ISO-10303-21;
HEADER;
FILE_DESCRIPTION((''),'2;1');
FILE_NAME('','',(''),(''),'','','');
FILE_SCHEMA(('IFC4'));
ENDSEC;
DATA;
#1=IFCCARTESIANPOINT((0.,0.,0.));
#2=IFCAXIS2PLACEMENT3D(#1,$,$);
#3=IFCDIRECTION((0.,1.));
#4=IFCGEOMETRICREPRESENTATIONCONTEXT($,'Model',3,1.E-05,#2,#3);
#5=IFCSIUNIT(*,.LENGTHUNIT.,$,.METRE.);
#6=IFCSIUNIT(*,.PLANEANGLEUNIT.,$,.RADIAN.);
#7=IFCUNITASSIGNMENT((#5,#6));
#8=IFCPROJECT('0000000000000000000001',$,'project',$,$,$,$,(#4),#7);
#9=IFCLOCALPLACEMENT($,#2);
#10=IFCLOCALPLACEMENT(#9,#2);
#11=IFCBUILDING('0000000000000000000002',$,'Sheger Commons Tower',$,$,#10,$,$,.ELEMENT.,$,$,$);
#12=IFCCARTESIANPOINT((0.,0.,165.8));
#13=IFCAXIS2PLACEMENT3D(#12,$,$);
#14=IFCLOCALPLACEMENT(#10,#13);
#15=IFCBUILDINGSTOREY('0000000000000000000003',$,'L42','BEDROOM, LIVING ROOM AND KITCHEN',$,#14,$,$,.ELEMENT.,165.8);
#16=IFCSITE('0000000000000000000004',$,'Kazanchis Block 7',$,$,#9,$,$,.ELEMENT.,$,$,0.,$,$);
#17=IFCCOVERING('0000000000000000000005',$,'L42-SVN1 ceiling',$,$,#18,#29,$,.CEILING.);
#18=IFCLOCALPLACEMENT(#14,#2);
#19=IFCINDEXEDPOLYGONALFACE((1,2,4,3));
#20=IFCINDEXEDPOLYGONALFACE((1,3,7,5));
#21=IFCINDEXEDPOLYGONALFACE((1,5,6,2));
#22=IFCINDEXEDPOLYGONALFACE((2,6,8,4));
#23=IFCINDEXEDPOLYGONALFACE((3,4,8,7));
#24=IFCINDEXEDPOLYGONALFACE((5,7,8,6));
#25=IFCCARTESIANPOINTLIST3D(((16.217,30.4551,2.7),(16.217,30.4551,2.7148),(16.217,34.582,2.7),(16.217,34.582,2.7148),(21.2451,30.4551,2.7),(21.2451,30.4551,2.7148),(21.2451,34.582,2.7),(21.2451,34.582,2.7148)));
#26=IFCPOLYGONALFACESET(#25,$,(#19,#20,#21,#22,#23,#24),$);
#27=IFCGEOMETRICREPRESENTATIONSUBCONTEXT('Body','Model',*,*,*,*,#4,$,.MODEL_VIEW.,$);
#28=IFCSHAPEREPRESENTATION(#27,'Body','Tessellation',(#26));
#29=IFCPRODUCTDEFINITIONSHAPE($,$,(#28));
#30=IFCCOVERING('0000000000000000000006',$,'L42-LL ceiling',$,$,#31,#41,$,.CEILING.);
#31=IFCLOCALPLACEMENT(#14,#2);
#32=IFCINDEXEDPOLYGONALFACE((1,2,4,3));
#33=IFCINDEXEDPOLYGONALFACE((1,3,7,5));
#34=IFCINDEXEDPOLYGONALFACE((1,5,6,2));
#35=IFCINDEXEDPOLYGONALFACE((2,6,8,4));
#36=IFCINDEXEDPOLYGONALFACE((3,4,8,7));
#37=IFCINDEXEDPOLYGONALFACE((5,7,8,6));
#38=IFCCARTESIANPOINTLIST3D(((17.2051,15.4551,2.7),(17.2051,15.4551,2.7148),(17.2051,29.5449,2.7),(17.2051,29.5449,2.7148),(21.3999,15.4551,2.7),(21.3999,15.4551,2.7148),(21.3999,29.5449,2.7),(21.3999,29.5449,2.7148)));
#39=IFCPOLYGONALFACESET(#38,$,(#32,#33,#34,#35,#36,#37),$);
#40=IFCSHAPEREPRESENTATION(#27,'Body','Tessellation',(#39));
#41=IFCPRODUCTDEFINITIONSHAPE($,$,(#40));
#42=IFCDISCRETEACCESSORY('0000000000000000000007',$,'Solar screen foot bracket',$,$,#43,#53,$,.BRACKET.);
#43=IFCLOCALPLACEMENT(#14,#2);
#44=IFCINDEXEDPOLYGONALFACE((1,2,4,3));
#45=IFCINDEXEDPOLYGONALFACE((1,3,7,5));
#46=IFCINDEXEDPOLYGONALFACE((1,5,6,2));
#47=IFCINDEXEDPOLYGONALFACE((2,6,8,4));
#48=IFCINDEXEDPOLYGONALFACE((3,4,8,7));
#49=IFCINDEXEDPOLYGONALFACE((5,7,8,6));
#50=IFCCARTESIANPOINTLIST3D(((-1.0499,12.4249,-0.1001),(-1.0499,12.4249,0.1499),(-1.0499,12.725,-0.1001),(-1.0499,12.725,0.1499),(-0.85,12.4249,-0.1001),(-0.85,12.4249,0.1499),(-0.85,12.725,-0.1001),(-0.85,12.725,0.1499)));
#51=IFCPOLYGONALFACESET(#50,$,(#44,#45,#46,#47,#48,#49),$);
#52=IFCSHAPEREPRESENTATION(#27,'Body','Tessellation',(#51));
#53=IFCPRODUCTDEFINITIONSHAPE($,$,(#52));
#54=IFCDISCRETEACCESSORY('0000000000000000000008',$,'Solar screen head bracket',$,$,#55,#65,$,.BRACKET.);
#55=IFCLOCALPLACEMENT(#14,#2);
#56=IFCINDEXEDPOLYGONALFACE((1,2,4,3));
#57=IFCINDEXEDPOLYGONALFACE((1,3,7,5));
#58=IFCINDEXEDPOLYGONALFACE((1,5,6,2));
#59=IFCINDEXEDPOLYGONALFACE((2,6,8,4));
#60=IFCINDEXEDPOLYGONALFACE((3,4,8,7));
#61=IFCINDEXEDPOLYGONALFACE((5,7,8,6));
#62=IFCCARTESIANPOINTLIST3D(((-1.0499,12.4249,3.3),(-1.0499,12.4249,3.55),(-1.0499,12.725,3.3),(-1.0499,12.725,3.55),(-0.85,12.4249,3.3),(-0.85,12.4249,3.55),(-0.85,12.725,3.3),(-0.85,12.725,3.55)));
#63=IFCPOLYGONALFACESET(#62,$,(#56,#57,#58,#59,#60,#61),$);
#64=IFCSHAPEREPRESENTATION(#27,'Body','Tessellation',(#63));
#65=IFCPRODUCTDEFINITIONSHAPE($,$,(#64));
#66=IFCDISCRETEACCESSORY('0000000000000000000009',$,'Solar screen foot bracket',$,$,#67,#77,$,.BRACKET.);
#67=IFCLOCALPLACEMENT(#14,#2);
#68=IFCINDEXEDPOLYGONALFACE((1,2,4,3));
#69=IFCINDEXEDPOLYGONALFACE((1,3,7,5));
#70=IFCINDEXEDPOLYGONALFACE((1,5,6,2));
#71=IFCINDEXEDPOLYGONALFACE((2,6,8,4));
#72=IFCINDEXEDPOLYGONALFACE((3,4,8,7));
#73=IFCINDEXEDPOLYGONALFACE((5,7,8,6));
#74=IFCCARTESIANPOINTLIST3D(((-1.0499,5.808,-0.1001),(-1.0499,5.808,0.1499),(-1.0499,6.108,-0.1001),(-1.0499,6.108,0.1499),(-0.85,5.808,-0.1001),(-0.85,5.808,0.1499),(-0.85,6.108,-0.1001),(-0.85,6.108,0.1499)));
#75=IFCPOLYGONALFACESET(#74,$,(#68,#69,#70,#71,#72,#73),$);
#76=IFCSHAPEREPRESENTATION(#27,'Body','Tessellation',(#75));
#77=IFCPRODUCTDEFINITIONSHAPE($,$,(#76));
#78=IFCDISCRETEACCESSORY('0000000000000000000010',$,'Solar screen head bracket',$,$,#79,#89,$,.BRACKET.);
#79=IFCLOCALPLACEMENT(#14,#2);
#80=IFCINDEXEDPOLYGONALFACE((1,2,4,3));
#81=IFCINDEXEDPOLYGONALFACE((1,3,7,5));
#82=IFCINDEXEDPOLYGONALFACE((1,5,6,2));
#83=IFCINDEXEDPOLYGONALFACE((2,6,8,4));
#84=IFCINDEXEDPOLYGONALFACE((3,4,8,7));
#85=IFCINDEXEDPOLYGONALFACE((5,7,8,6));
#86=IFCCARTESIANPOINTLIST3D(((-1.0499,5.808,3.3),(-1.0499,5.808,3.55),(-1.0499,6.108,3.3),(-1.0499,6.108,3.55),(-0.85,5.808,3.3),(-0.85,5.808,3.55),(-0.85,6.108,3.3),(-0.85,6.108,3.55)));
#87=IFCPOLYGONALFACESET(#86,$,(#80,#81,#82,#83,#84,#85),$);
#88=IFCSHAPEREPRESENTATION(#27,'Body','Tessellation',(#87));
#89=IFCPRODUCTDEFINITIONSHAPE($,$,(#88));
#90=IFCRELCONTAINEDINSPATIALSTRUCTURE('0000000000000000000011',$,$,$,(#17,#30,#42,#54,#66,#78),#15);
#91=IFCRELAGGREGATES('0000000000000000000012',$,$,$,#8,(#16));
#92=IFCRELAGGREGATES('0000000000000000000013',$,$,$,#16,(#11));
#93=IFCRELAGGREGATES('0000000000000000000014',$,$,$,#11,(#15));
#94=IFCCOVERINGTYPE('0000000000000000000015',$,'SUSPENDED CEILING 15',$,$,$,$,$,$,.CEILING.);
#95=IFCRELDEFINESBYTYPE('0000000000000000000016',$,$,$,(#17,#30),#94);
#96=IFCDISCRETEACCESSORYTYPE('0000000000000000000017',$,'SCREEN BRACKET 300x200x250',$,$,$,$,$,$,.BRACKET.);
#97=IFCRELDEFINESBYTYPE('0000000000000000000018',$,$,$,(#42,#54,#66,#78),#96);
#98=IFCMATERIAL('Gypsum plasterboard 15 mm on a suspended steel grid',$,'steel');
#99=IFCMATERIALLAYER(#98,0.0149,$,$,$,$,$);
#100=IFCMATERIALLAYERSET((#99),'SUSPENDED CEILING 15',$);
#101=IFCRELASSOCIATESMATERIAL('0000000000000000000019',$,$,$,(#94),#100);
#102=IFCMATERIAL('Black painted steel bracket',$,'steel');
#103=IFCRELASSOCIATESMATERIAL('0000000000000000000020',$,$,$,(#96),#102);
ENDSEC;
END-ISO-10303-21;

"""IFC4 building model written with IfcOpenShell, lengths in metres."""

from ifc_helpers import new_model, si_unit, direction, frame, origin, origin_2d, place, context, subcontext, project, spatial, polyline, rectangle, outline, extrude, material, layer, layer_set, type_object, element, save


model = new_model("IFC4")

# Units and contexts
model_context = context("Model", 3, precision=1e-05, world=origin(), true_north=direction((0.0, 1.0)))
body_context = subcontext(model_context, "Body", "Model", "MODEL_VIEW")
ifc_project = project(units=[si_unit("LENGTHUNIT", "METRE"), si_unit("PLANEANGLEUNIT", "RADIAN")], contexts=[model_context])

# Site, building, storey
site_placement = place(None, origin())
site = spatial("IfcSite", under=ifc_project, at=site_placement, Name="Kazanchis Block 7", CompositionType="ELEMENT", RefElevation=0.0)
building_placement = place(site_placement, origin())
building = spatial("IfcBuilding", under=site, at=building_placement, Name="Sheger Commons Tower", CompositionType="ELEMENT")
storey_placement = place(building_placement, frame((0.0, 0.0, 165.8)))
storey = spatial("IfcBuildingStorey", under=building, at=storey_placement, Name="L42", Description="BEDROOM, LIVING ROOM AND KITCHEN", CompositionType="ELEMENT", Elevation=165.8)

# Coverings
ifc_material_1 = material(Name="Gypsum plasterboard 15 mm on a suspended steel grid", Category="steel")
ifc_layer_1 = layer(ifc_material_1, 0.0149)
ifc_layer_set_1 = layer_set([ifc_layer_1], Name="SUSPENDED CEILING 15")
covering_type_1 = type_object("IfcCoveringType", Name="SUSPENDED CEILING 15", PredefinedType="CEILING", material=ifc_layer_set_1)
covering_1_placement = place(storey_placement, frame((0.0, 0.0, 2.7)))
element("IfcCovering", 1, at=covering_1_placement, inside=storey, type_object=covering_type_1, Name="L42-SVN1 ceiling", PredefinedType="CEILING", context=body_context, shape_type="SweptSolid", body=[
    extrude(outline(polyline([(16.217, 30.4551), (21.2451, 30.4551), (21.2451, 34.582), (16.217, 34.582), (16.217, 30.4551)])), origin(), (0.0, 0.0, 1.0), 0.0149),
])
covering_2_placement = place(storey_placement, frame((0.0, 0.0, 2.7)))
element("IfcCovering", 2, at=covering_2_placement, inside=storey, type_object=covering_type_1, Name="L42-LL ceiling", PredefinedType="CEILING", context=body_context, shape_type="SweptSolid", body=[
    extrude(outline(polyline([(17.2051, 15.4551), (21.3999, 15.4551), (21.3999, 29.5449), (17.2051, 29.5449), (17.2051, 15.4551)])), origin(), (0.0, 0.0, 1.0), 0.0149),
])

# Discrete accessories
ifc_material_2 = material(Name="Black painted steel bracket", Category="steel")
discrete_accessory_type = type_object("IfcDiscreteAccessoryType", Name="SCREEN BRACKET 300x200x250", PredefinedType="BRACKET", material=ifc_material_2)
for number, where, z_axis, x_axis, name in (
    (3, (-0.95, 12.575, -0.1001), (0.0, 0.0, 1.0), (0.0, -1.0, 0.0), "Solar screen foot bracket"),
    (4, (-0.95, 12.575, 3.3), (0.0, 0.0, 1.0), (0.0, -1.0, 0.0), "Solar screen head bracket"),
    (5, (-0.95, 5.958, -0.1001), (0.0, 0.0, 1.0), (0.0, -1.0, 0.0), "Solar screen foot bracket"),
    (6, (-0.95, 5.958, 3.3), (0.0, 0.0, 1.0), (0.0, -1.0, 0.0), "Solar screen head bracket"),
):
    element("IfcDiscreteAccessory", number, at=place(storey_placement, frame(where, z_axis=z_axis, x_axis=x_axis)), inside=storey, type_object=discrete_accessory_type, Name=name, PredefinedType="BRACKET", context=body_context, shape_type="SweptSolid", body=[
        extrude(rectangle(XDim=0.3, YDim=0.2, at=origin_2d()), origin(), (0.0, 0.0, 1.0), 0.25),
    ])

save(model, "model.ifc")
